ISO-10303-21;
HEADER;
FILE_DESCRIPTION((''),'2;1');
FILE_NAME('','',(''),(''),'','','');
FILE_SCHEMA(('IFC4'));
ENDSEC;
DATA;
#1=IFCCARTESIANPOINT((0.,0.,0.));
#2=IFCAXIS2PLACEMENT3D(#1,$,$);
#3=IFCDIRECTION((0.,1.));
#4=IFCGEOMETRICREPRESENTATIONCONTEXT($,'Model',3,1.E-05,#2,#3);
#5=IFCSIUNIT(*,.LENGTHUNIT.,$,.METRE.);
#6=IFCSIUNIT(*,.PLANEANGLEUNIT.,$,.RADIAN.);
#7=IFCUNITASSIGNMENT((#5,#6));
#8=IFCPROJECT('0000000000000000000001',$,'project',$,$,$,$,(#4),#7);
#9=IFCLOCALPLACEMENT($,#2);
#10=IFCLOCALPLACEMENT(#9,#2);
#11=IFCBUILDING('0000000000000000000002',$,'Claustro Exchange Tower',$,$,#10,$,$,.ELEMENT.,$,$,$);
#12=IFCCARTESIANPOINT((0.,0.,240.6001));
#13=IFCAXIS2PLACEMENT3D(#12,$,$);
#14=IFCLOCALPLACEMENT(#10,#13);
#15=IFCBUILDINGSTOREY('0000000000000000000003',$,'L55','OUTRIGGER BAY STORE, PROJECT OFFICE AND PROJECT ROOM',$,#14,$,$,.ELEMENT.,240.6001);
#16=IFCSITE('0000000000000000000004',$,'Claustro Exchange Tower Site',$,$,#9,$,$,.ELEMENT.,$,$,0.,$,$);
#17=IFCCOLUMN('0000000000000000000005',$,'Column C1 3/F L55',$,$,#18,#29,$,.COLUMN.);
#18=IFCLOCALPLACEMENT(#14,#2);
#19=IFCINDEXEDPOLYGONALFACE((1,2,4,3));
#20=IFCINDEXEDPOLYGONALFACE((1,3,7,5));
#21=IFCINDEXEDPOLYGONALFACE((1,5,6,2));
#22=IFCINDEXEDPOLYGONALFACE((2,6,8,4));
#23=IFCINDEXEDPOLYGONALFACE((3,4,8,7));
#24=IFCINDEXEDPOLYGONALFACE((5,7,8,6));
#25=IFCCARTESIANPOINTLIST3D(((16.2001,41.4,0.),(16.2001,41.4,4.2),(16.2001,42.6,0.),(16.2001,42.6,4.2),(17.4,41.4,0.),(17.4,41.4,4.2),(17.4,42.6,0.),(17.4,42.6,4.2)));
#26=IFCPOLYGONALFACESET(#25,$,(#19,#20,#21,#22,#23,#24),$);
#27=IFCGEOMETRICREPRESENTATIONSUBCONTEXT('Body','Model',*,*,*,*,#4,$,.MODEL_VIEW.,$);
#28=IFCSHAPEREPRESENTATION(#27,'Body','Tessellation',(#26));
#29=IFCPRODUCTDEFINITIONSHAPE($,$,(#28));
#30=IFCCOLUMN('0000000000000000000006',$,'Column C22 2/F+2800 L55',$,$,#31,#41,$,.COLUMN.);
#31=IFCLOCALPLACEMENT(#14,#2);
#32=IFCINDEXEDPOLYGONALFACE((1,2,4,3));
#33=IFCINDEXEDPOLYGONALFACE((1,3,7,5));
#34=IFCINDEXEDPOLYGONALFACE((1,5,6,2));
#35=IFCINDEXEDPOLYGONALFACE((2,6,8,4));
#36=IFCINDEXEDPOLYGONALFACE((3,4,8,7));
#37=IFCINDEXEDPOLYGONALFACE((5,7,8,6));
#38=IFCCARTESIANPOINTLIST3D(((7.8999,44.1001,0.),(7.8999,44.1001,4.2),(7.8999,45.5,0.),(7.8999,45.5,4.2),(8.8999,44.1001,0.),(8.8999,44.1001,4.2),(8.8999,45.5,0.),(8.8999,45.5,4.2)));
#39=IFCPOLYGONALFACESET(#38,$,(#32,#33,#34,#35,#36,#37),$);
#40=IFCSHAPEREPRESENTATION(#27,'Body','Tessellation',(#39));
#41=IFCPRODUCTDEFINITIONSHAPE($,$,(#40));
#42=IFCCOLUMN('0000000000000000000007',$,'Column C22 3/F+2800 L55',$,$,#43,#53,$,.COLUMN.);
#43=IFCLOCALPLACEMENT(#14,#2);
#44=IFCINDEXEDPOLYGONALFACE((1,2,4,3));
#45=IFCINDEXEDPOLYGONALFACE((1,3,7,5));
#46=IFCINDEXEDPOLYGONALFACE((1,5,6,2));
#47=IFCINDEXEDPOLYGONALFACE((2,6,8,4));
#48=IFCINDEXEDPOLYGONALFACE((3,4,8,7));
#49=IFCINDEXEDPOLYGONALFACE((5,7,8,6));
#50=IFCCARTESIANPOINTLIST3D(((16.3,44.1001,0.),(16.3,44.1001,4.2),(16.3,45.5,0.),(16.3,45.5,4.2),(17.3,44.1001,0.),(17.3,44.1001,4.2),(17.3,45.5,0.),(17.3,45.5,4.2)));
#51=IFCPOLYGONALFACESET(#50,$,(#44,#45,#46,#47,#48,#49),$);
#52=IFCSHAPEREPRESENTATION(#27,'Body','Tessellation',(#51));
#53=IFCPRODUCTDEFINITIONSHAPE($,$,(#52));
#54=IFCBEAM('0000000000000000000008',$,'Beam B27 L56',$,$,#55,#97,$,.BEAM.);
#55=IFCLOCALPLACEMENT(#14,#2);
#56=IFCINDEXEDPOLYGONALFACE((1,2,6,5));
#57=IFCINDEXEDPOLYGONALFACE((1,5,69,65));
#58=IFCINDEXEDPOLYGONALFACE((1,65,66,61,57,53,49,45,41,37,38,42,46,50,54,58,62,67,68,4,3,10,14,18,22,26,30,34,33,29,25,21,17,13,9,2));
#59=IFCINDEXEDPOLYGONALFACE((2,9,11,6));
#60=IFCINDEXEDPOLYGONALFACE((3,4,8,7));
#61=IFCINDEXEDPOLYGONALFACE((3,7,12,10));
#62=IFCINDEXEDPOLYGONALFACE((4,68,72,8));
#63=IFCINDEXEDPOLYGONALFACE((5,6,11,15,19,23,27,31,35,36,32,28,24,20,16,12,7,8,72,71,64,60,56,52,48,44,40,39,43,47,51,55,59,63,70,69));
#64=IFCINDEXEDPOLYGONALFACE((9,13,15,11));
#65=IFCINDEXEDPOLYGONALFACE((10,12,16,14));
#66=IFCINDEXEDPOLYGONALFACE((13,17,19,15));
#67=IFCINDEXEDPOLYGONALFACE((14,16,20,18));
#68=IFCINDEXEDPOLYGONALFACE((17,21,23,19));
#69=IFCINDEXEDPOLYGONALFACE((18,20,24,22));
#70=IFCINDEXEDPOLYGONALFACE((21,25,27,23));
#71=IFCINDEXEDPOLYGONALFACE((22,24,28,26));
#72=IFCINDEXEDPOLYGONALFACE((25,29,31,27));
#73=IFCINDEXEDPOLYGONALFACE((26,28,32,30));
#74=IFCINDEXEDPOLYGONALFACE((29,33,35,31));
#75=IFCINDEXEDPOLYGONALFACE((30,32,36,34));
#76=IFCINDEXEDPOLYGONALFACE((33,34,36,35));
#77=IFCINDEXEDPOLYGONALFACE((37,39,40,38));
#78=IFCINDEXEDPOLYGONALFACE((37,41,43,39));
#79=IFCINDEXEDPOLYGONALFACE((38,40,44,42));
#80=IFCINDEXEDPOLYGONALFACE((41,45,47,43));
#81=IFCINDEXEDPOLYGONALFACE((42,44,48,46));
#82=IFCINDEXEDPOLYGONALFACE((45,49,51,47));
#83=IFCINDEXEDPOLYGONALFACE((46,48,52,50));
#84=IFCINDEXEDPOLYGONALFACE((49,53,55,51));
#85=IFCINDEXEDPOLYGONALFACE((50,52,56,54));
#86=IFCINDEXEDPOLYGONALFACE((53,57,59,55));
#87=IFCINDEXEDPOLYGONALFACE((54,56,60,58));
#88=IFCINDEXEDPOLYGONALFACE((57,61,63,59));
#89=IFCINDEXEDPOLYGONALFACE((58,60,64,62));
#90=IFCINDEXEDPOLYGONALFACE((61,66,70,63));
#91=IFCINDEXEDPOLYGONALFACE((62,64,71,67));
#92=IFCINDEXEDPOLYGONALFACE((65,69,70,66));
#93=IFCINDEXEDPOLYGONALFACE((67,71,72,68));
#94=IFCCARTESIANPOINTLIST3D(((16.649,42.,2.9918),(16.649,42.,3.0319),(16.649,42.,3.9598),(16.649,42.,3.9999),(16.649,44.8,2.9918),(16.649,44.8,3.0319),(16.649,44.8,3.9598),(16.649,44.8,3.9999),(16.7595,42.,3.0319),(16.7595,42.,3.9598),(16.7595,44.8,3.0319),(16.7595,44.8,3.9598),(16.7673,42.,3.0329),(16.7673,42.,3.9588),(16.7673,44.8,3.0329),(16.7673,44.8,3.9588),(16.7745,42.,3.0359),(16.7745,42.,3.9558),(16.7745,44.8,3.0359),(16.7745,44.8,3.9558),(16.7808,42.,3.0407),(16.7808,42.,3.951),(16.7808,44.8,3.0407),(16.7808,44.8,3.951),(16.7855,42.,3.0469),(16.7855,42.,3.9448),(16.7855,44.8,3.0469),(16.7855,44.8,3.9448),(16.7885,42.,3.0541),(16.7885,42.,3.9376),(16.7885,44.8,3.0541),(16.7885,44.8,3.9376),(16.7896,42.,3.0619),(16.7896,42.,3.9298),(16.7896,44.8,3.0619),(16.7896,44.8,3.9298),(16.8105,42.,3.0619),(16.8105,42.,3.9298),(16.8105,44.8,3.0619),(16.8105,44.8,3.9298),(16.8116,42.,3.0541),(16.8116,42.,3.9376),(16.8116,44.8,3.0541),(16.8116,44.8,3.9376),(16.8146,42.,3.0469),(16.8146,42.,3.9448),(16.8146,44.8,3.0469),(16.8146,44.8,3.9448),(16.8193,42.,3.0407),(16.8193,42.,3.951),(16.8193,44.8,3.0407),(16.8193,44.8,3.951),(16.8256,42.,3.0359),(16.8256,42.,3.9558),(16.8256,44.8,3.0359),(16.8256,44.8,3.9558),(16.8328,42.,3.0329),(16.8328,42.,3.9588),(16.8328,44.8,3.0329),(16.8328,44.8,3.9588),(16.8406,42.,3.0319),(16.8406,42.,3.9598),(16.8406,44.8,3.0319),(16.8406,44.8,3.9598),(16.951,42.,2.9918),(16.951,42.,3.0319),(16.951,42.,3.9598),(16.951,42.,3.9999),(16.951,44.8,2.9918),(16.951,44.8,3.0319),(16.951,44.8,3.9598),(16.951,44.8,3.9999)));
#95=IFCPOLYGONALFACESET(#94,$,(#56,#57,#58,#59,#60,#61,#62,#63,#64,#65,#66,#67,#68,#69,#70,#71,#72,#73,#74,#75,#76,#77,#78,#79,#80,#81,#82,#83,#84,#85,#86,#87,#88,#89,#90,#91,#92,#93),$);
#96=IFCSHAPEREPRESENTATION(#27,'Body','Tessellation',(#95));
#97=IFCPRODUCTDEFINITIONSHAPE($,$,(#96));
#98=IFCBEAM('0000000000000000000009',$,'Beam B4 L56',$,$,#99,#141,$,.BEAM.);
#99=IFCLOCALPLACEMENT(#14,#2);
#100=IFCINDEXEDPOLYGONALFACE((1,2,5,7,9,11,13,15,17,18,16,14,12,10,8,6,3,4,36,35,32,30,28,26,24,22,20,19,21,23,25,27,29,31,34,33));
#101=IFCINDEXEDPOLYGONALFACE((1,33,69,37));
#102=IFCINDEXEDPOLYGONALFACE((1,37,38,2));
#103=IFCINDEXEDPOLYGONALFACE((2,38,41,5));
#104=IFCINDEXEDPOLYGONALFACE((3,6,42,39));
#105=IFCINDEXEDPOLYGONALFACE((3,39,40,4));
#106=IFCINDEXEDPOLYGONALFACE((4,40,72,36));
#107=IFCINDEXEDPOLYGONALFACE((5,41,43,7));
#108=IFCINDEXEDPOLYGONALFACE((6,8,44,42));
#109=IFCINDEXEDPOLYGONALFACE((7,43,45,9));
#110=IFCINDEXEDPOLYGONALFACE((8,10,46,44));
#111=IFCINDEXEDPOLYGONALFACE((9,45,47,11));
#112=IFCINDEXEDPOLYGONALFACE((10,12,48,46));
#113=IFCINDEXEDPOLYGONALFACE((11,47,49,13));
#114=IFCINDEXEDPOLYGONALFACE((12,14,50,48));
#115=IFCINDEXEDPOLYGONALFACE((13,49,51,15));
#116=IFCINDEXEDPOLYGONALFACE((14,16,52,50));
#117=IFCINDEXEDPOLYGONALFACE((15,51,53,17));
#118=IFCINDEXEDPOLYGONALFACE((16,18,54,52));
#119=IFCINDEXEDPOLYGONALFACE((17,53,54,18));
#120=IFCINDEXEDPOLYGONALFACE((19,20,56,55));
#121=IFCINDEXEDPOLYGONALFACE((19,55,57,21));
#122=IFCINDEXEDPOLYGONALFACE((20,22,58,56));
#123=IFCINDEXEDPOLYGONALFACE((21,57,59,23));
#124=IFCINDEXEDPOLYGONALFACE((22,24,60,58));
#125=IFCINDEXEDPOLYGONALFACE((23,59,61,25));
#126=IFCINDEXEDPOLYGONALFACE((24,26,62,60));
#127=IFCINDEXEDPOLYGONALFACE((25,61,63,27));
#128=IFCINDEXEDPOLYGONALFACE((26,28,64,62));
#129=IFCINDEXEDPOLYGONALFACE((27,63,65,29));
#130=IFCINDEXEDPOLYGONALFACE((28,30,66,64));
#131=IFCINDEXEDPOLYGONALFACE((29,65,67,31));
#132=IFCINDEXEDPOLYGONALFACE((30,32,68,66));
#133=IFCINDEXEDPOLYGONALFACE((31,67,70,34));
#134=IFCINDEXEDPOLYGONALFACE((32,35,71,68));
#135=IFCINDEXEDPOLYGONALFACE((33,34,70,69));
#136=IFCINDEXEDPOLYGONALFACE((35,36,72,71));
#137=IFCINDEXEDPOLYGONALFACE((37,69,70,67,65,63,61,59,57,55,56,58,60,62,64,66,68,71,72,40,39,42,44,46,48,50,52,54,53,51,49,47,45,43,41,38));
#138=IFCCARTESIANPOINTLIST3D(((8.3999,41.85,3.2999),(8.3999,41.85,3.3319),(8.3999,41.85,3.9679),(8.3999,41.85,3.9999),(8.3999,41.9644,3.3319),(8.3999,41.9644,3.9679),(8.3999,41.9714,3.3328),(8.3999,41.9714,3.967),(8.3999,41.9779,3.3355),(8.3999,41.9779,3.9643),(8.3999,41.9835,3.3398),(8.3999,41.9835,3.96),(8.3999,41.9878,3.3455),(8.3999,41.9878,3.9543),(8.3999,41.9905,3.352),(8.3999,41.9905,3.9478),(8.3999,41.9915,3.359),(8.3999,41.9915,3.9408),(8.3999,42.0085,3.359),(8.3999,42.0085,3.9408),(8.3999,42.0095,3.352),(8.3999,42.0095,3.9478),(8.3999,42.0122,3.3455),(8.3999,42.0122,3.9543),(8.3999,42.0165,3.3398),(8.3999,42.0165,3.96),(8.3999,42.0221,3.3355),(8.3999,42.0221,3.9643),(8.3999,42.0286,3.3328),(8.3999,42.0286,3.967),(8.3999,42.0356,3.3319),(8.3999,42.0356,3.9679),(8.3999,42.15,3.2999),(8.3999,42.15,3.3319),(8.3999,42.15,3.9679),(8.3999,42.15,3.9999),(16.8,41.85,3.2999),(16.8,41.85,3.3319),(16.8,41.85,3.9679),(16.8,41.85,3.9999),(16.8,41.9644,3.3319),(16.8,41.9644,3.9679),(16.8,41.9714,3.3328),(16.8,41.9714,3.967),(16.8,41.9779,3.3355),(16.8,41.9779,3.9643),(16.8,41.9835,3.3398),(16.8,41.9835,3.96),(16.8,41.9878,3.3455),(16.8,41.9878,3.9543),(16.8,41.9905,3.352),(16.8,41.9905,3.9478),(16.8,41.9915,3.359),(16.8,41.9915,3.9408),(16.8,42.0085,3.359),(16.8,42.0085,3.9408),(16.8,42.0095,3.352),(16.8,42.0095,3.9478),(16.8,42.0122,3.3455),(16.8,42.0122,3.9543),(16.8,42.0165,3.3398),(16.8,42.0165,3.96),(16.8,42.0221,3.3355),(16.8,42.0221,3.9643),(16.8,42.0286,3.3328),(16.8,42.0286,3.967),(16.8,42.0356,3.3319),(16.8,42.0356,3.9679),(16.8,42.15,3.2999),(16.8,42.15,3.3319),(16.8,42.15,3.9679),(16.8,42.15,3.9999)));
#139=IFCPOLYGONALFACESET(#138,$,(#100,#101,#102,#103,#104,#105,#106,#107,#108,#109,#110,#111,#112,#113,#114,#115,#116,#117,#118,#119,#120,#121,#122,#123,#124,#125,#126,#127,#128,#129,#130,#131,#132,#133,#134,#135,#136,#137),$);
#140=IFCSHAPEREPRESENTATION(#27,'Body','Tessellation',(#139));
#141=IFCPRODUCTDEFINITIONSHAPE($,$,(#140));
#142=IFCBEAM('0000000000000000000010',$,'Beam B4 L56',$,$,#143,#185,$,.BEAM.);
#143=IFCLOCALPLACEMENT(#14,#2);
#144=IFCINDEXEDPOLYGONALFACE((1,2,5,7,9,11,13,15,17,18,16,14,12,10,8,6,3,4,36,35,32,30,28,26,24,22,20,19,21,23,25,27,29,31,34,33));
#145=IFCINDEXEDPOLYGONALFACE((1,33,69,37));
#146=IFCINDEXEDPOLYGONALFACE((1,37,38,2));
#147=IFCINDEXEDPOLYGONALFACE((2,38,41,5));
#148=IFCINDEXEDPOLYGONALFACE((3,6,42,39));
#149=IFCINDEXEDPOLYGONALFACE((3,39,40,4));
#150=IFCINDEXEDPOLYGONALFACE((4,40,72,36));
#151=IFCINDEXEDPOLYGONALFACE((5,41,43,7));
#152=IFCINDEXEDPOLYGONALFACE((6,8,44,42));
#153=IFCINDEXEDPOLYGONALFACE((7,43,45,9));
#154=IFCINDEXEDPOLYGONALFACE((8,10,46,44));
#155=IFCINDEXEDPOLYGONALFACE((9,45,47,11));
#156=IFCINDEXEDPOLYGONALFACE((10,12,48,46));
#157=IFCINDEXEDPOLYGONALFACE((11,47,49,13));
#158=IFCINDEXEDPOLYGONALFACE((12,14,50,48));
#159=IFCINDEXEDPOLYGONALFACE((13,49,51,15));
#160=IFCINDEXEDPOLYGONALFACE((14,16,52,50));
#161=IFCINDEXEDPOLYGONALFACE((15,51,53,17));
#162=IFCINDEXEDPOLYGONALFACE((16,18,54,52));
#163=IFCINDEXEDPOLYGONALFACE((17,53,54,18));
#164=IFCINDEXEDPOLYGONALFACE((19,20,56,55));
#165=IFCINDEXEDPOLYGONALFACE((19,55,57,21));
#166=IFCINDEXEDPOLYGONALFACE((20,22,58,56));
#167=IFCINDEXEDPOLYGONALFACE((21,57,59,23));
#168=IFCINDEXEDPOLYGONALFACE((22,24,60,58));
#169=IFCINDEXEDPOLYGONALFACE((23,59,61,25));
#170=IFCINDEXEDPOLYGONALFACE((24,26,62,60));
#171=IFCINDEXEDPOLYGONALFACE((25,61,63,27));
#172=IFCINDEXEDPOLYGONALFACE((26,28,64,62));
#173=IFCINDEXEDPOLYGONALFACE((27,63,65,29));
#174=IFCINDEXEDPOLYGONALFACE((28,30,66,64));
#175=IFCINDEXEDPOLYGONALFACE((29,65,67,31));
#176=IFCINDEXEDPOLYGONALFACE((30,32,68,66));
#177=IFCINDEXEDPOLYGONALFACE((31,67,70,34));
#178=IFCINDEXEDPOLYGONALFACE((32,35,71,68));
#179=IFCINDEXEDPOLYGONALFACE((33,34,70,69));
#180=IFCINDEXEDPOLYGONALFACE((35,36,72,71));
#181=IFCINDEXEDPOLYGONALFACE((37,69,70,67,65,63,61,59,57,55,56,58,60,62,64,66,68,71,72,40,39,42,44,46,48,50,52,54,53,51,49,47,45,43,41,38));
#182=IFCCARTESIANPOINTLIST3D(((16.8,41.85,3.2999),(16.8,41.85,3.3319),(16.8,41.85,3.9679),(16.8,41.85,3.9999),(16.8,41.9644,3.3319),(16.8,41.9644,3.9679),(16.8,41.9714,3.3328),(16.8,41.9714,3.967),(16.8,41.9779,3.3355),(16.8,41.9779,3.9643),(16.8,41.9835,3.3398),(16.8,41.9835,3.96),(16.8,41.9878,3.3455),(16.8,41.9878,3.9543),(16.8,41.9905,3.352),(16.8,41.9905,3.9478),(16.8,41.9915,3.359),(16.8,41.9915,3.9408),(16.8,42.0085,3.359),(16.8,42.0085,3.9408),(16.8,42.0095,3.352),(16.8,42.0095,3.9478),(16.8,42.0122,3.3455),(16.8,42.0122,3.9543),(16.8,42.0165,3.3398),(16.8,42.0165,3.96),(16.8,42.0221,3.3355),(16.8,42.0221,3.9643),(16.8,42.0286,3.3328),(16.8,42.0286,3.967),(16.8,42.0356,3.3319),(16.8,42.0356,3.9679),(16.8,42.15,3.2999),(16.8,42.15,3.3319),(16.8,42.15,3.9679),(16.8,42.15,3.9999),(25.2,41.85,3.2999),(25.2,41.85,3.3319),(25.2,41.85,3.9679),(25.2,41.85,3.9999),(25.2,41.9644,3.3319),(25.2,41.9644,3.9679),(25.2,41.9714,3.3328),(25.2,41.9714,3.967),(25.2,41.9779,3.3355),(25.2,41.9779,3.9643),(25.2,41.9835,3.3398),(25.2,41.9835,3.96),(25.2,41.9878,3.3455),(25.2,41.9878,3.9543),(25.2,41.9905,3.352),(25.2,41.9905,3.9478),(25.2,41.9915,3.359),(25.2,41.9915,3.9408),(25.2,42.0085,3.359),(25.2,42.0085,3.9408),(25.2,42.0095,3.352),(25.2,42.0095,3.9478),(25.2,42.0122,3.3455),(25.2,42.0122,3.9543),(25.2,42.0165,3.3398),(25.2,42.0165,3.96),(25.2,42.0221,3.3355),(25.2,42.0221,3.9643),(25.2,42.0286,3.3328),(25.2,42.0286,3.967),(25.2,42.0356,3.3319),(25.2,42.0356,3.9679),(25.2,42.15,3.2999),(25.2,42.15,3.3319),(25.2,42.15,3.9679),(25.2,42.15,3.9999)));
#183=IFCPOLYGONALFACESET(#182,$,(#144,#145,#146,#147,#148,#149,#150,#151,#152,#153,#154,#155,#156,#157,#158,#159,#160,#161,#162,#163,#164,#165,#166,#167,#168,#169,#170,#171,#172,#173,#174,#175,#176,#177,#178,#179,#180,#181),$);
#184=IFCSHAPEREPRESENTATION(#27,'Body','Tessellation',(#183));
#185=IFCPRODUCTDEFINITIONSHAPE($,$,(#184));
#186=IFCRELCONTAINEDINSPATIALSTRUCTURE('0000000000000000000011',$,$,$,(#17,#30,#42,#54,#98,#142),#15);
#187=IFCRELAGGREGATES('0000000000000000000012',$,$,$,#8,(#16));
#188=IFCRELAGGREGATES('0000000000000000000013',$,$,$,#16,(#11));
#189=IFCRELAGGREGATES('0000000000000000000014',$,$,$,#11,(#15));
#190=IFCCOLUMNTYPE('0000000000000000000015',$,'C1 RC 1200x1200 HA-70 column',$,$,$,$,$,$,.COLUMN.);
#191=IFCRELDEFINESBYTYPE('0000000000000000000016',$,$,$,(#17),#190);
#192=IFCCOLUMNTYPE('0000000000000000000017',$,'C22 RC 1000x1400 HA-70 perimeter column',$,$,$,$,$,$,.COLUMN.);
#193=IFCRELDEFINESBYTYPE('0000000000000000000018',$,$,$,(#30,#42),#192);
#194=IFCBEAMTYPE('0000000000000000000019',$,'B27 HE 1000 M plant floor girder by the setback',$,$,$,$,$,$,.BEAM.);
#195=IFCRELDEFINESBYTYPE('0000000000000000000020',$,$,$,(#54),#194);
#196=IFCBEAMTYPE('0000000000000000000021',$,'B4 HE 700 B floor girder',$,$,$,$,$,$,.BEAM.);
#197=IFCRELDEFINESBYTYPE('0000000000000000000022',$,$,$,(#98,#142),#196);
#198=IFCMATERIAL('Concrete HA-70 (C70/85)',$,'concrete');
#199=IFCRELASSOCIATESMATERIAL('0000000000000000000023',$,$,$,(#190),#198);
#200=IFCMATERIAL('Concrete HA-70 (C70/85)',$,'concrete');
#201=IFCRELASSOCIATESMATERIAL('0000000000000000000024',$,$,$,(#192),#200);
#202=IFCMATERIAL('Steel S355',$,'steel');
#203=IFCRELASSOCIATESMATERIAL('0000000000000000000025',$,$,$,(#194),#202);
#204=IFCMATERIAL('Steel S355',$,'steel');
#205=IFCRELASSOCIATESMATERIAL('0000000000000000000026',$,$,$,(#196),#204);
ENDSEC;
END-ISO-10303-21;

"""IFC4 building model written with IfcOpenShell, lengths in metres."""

from ifc_helpers import new_model, si_unit, direction, frame, origin, origin_2d, place, context, subcontext, project, spatial, rectangle, i_section, extrude, material, material_profile, profile_set, type_object, element, save


model = new_model("IFC4")

# Units and contexts
model_context = context("Model", 3, precision=1e-05, world=origin(), true_north=direction((0.0, 1.0)))
body_context = subcontext(model_context, "Body", "Model", "MODEL_VIEW")
ifc_project = project(units=[si_unit("LENGTHUNIT", "METRE"), si_unit("PLANEANGLEUNIT", "RADIAN")], contexts=[model_context])

# Site, building, storey
site_placement = place(None, origin())
site = spatial("IfcSite", under=ifc_project, at=site_placement, Name="Claustro Exchange Tower Site", CompositionType="ELEMENT", RefElevation=0.0)
building_placement = place(site_placement, origin())
building = spatial("IfcBuilding", under=site, at=building_placement, Name="Claustro Exchange Tower", CompositionType="ELEMENT")
storey_placement = place(building_placement, frame((0.0, 0.0, 240.6001)))
storey = spatial("IfcBuildingStorey", under=building, at=storey_placement, Name="L55", Description="OUTRIGGER BAY STORE, PROJECT OFFICE AND PROJECT ROOM", CompositionType="ELEMENT", Elevation=240.6001)

# Columns
ifc_material_1 = material(Name="Concrete HA-70 (C70/85)", Category="concrete")
ifc_material_profile_1 = material_profile(ifc_material_1, rectangle(XDim=1.2, YDim=1.2, at=origin_2d()), Name="RC 1200x1200")
ifc_profile_set_1 = profile_set([ifc_material_profile_1], Name="Concrete HA-70 (C70/85)")
column_type_1 = type_object("IfcColumnType", Name="C1 RC 1200x1200 HA-70 column", PredefinedType="COLUMN", material=ifc_profile_set_1)
column_placement = place(storey_placement, frame((16.8, 42.0, 0.0), z_axis=(0.0, 0.0, 1.0), x_axis=(1.0, 0.0, 0.0)))
element("IfcColumn", 1, at=column_placement, inside=storey, type_object=column_type_1, Name="Column C1 3/F L55", PredefinedType="COLUMN", context=body_context, shape_type="SweptSolid", body=[
    extrude(rectangle(XDim=1.2, YDim=1.2, at=origin_2d()), origin(), (0.0, 0.0, 1.0), 4.2),
])
ifc_material_2 = material(Name="Concrete HA-70 (C70/85)", Category="concrete")
ifc_material_profile_2 = material_profile(ifc_material_2, rectangle(XDim=1.0, YDim=1.3999, at=origin_2d()), Name="RC 1000x1400")
ifc_profile_set_2 = profile_set([ifc_material_profile_2], Name="Concrete HA-70 (C70/85)")
column_type_2 = type_object("IfcColumnType", Name="C22 RC 1000x1400 HA-70 perimeter column", PredefinedType="COLUMN", material=ifc_profile_set_2)
for number, where, z_axis, x_axis, name in (
    (2, (8.3999, 44.8, 0.0), (0.0, 0.0, 1.0), (1.0, 0.0, 0.0), "Column C22 2/F+2800 L55"),
    (3, (16.8, 44.8, 0.0), (0.0, 0.0, 1.0), (1.0, 0.0, 0.0), "Column C22 3/F+2800 L55"),
):
    element("IfcColumn", number, at=place(storey_placement, frame(where, z_axis=z_axis, x_axis=x_axis)), inside=storey, type_object=column_type_2, Name=name, PredefinedType="COLUMN", context=body_context, shape_type="SweptSolid", body=[
        extrude(rectangle(XDim=1.0, YDim=1.3999, at=origin_2d()), origin(), (0.0, 0.0, 1.0), 4.2),
    ])

# Beams
ifc_material_3 = material(Name="Steel S355", Category="steel")
ifc_material_profile_3 = material_profile(ifc_material_3, i_section(OverallWidth=0.302, OverallDepth=1.0081, WebThickness=0.021, FlangeThickness=0.04, FilletRadius=0.03, at=origin_2d()), Name="HE 1000 M")
ifc_profile_set_3 = profile_set([ifc_material_profile_3], Name="Steel S355")
beam_type_1 = type_object("IfcBeamType", Name="B27 HE 1000 M plant floor girder by the setback", PredefinedType="BEAM", material=ifc_profile_set_3)
beam_1_placement = place(storey_placement, frame((16.8, 42.0, 3.4958), z_axis=(0.0, 1.0, 0.0), x_axis=(-1.0, 0.0, 0.0)))
element("IfcBeam", 4, at=beam_1_placement, inside=storey, type_object=beam_type_1, Name="Beam B27 L56", PredefinedType="BEAM", context=body_context, shape_type="SweptSolid", body=[
    extrude(i_section(OverallWidth=0.302, OverallDepth=1.0081, WebThickness=0.021, FlangeThickness=0.04, FilletRadius=0.03, at=origin_2d()), origin(), (0.0, 0.0, 1.0), 2.8),
])
ifc_material_4 = material(Name="Steel S355", Category="steel")
ifc_material_profile_4 = material_profile(ifc_material_4, i_section(OverallWidth=0.3, OverallDepth=0.7, WebThickness=0.0171, FlangeThickness=0.032, FilletRadius=0.0271, at=origin_2d()), Name="HE 700 B")
ifc_profile_set_4 = profile_set([ifc_material_profile_4], Name="Steel S355")
beam_type_2 = type_object("IfcBeamType", Name="B4 HE 700 B floor girder", PredefinedType="BEAM", material=ifc_profile_set_4)
beam_2_placement = place(storey_placement, frame((8.3999, 42.0, 3.6499), z_axis=(1.0, 0.0, 0.0), x_axis=(0.0, 1.0, 0.0)))
element("IfcBeam", 5, at=beam_2_placement, inside=storey, type_object=beam_type_2, Name="Beam B4 L56", PredefinedType="BEAM", context=body_context, shape_type="SweptSolid", body=[
    extrude(i_section(OverallWidth=0.3, OverallDepth=0.7, WebThickness=0.0171, FlangeThickness=0.032, FilletRadius=0.0271, at=origin_2d()), origin(), (0.0, 0.0, 1.0), 8.4001),
])
beam_3_placement = place(storey_placement, frame((16.8, 42.0, 3.6499), z_axis=(1.0, 0.0, 0.0), x_axis=(0.0, 1.0, 0.0)))
element("IfcBeam", 6, at=beam_3_placement, inside=storey, type_object=beam_type_2, Name="Beam B4 L56", PredefinedType="BEAM", context=body_context, shape_type="SweptSolid", body=[
    extrude(i_section(OverallWidth=0.3, OverallDepth=0.7, WebThickness=0.0171, FlangeThickness=0.032, FilletRadius=0.0271, at=origin_2d()), origin(), (0.0, 0.0, 1.0), 8.3999),
])

save(model, "model.ifc")
